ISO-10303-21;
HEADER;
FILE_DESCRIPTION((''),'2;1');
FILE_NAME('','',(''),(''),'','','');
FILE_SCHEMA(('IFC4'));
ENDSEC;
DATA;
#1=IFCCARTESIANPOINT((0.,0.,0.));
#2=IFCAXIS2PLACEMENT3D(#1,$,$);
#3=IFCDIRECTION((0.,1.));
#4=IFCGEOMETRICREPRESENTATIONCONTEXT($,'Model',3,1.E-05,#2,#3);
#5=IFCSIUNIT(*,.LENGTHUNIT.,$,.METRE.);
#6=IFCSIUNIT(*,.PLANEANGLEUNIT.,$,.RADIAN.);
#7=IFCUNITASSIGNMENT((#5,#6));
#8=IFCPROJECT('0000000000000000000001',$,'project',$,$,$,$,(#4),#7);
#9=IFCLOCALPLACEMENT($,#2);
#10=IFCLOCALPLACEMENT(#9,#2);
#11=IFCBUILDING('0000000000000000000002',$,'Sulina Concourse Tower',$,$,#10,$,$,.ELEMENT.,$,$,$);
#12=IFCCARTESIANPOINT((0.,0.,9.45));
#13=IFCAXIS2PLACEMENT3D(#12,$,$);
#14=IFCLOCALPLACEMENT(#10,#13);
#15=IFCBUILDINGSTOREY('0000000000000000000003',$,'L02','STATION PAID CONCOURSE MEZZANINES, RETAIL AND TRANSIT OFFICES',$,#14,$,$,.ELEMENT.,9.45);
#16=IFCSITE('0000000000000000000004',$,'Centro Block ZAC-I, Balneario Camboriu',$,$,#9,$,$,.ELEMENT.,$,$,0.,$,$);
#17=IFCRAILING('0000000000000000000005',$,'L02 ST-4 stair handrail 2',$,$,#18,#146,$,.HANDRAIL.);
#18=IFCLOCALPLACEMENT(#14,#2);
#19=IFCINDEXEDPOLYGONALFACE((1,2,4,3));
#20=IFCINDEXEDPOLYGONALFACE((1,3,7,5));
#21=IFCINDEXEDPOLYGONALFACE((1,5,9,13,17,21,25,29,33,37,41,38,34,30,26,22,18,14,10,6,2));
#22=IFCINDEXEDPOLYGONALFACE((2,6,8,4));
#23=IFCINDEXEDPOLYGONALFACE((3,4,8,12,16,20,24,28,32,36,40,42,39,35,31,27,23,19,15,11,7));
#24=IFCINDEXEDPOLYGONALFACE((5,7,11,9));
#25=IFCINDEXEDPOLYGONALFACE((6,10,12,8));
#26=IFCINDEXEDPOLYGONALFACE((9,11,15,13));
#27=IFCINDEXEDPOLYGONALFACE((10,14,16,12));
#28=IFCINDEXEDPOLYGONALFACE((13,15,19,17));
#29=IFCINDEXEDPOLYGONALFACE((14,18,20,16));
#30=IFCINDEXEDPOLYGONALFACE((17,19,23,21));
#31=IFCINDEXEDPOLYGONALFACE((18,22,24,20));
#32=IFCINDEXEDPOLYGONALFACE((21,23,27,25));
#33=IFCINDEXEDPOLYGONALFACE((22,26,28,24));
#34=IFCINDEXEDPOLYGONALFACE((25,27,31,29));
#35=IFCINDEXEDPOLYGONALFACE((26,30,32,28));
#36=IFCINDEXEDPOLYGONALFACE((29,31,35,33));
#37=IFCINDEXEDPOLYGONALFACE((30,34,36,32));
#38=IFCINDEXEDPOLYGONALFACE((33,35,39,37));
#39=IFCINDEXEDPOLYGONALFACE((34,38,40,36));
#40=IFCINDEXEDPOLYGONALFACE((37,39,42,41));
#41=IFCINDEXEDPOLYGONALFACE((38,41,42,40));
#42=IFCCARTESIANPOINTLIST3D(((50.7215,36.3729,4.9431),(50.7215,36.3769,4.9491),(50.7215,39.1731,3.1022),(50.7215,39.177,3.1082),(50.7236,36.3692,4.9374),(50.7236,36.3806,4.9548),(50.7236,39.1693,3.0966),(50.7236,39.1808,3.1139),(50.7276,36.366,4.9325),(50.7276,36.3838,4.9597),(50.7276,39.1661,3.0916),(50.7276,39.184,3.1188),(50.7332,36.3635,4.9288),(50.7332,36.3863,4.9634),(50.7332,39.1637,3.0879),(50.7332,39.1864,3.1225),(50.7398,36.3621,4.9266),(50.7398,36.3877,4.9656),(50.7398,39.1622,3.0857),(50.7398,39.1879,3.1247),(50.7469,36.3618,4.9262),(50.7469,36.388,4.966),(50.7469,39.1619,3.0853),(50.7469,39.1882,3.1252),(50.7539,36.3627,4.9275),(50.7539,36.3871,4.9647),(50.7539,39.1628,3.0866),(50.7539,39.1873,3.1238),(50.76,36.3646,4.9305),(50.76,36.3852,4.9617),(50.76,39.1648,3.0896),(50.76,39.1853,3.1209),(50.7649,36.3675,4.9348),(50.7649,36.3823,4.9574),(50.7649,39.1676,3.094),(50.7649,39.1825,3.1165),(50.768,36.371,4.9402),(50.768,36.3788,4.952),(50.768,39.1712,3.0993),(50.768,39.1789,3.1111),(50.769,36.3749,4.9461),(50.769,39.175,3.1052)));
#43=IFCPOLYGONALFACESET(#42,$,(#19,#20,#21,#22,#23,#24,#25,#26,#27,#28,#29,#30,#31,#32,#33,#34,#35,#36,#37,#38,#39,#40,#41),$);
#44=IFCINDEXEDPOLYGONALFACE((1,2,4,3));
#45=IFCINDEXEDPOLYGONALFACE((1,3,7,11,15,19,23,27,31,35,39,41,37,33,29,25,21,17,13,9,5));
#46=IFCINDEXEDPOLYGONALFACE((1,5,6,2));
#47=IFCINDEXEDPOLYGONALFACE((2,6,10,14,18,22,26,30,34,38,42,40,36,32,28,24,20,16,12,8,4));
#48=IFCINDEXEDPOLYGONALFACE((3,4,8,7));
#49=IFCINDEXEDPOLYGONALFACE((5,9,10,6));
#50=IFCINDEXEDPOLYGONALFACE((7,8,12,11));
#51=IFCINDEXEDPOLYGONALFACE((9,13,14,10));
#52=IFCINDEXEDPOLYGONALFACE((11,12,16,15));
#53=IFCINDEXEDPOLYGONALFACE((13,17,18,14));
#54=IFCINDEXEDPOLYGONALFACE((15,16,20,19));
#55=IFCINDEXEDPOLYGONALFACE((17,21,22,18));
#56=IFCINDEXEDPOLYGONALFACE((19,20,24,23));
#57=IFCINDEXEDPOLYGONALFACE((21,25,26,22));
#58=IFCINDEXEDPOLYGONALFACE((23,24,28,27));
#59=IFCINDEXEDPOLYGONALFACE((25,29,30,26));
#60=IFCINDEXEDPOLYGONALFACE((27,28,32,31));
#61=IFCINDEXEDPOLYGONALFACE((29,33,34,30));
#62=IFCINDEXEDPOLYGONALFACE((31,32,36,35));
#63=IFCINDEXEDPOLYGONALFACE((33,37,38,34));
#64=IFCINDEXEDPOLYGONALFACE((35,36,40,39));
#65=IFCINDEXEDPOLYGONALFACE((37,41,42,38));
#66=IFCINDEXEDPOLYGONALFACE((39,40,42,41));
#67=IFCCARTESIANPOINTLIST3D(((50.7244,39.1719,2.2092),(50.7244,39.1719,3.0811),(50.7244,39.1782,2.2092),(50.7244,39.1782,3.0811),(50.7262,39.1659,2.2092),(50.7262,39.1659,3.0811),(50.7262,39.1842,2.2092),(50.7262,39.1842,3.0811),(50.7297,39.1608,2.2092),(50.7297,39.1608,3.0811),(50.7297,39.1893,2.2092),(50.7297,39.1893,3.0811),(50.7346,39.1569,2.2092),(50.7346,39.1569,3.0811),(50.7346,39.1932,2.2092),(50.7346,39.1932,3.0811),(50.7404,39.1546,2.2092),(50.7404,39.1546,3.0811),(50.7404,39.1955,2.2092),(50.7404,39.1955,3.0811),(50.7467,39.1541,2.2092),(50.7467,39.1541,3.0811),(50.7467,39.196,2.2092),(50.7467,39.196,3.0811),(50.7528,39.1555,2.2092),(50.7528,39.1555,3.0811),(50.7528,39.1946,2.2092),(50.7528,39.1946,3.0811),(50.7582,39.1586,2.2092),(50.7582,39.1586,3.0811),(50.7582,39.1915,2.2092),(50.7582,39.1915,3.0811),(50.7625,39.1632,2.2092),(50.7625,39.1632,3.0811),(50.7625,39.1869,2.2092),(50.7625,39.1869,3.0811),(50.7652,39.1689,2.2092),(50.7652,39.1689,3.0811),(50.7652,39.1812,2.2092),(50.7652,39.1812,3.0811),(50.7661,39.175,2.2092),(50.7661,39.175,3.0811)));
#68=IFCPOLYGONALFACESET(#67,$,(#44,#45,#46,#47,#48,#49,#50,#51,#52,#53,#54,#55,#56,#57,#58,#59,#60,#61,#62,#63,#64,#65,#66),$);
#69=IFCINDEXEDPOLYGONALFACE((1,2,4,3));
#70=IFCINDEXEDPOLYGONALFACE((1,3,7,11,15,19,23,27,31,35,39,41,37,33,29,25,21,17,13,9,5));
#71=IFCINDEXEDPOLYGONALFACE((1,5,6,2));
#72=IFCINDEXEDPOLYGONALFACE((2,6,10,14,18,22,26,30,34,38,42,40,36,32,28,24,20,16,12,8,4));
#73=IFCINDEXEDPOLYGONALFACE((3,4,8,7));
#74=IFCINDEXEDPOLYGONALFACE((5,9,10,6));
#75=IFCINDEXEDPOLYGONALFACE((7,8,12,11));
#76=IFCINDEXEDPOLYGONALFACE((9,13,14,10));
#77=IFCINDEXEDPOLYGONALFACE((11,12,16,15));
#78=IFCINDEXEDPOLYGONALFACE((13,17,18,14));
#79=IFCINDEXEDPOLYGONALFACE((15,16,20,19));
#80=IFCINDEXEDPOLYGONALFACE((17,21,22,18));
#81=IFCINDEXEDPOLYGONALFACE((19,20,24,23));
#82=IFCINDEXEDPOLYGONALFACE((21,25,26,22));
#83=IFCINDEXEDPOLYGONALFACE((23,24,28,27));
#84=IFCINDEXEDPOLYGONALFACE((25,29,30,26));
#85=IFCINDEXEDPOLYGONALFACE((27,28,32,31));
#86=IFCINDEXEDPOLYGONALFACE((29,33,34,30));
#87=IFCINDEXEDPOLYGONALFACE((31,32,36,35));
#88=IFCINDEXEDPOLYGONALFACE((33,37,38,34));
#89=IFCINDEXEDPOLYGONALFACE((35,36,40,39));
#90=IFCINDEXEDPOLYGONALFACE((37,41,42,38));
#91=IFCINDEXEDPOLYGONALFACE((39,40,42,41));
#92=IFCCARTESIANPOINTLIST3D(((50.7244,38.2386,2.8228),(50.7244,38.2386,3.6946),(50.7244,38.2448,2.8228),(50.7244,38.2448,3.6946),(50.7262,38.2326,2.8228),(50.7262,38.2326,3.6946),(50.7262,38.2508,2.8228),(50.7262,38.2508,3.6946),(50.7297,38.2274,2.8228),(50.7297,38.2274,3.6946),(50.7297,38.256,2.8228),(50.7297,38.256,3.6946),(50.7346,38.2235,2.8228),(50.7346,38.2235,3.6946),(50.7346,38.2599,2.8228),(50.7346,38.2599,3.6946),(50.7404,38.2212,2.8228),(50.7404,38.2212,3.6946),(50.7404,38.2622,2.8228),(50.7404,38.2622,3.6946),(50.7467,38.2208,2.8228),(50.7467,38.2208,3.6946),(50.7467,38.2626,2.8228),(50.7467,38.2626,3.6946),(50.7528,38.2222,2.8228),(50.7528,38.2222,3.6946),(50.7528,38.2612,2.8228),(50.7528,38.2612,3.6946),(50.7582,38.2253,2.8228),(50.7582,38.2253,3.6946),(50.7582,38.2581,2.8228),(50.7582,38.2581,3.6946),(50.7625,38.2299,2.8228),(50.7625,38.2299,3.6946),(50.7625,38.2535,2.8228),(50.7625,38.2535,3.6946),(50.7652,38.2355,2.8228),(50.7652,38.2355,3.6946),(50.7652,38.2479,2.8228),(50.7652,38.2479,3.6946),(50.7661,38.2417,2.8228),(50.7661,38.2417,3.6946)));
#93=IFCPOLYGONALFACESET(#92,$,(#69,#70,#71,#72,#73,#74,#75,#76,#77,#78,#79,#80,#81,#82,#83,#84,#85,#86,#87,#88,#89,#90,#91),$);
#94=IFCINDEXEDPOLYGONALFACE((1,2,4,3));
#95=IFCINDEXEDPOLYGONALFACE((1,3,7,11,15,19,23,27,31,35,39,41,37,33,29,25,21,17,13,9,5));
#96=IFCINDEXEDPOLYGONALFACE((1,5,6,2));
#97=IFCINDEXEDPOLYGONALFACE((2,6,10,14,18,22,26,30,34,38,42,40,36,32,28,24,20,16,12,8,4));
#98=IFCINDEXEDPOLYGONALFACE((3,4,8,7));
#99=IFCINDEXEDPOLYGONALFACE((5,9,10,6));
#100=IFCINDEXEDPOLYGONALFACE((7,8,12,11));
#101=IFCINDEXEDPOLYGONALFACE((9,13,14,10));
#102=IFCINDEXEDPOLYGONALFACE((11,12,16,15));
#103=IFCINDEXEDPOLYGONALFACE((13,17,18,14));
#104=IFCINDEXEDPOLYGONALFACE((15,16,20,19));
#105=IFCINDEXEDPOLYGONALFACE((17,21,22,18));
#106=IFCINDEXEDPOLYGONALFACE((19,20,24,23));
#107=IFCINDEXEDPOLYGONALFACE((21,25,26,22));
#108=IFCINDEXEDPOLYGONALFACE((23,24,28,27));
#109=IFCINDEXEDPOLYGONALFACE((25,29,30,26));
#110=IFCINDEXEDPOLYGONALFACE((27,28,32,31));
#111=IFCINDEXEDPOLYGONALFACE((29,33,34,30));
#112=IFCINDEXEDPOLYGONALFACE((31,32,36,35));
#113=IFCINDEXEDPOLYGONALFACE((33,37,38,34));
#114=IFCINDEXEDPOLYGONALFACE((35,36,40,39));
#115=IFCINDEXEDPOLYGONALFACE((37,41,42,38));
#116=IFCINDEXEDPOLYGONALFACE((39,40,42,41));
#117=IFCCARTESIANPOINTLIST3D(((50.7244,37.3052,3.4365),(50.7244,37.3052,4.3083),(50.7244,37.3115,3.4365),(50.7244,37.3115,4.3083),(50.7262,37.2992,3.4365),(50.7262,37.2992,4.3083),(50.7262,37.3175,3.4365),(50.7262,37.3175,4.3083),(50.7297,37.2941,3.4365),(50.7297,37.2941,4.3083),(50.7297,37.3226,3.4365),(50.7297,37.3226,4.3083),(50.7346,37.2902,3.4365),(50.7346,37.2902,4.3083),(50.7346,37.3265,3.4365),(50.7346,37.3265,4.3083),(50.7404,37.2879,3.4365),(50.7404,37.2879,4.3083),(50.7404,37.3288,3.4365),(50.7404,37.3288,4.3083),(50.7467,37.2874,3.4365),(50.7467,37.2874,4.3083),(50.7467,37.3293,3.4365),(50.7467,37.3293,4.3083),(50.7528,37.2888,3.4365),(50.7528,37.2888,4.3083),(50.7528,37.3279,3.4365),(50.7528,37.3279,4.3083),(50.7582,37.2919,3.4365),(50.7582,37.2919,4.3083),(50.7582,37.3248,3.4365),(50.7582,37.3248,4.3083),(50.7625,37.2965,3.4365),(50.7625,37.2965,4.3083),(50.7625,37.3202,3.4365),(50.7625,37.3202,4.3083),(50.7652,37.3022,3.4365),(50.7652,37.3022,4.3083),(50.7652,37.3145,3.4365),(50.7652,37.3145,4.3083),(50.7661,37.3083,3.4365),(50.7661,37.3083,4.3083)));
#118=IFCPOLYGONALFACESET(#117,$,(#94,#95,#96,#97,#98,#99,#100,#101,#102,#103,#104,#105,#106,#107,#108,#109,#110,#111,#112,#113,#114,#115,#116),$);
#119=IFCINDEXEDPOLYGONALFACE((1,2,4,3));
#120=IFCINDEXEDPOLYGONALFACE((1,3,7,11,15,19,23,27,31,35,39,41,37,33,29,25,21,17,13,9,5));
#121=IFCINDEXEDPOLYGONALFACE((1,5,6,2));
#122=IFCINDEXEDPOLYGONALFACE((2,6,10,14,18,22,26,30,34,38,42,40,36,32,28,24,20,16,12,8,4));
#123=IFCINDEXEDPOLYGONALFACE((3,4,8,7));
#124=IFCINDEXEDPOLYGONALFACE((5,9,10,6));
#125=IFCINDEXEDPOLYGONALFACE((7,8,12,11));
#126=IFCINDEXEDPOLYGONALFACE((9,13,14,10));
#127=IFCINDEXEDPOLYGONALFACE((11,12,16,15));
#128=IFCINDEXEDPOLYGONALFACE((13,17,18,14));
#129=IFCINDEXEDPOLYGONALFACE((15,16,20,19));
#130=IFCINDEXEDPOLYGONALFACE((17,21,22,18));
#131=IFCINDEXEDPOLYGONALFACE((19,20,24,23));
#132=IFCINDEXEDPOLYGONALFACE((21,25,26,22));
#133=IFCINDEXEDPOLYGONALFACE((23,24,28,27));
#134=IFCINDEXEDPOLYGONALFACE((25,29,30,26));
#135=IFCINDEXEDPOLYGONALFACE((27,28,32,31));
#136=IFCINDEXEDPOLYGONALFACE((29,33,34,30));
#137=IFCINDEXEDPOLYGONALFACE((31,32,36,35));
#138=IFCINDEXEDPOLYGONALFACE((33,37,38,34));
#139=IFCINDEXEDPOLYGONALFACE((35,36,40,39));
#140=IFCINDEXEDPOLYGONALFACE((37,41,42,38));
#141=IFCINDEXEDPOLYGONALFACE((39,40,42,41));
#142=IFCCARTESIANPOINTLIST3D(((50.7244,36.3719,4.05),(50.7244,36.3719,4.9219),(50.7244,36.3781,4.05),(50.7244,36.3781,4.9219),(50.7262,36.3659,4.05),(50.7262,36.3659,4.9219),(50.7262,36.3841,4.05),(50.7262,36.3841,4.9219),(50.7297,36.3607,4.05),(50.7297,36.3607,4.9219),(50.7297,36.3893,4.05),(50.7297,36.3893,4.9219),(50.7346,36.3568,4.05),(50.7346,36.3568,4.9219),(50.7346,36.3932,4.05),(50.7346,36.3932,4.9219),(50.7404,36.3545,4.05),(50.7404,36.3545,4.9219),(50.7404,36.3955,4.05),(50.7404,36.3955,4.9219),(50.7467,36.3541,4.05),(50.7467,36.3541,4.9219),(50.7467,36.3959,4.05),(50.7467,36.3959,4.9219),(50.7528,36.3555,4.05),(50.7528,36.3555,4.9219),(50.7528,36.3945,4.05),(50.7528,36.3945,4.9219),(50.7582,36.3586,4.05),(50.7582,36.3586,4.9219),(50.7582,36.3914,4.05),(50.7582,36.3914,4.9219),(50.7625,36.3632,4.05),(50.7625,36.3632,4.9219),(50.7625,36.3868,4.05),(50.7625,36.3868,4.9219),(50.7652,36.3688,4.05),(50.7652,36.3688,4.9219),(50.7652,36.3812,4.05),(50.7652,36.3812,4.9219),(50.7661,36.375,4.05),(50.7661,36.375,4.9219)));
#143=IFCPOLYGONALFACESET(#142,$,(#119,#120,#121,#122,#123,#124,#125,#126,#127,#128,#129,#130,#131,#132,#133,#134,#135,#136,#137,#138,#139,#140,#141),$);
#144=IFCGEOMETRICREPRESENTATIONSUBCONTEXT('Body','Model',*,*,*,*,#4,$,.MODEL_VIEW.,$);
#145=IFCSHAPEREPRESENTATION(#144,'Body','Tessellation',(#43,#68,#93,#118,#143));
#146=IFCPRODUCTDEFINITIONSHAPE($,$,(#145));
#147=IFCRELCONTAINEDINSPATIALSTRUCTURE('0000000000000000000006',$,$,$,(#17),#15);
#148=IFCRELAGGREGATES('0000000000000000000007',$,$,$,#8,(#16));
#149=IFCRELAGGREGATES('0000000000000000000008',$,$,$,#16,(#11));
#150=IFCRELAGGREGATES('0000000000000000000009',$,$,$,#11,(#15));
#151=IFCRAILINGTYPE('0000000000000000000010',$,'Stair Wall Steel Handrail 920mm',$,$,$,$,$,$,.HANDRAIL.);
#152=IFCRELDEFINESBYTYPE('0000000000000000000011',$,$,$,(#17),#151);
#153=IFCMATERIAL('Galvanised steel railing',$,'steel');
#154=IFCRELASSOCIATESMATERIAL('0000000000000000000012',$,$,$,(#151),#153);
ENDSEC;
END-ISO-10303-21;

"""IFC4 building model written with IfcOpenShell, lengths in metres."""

from ifc_helpers import new_model, si_unit, direction, frame, origin, origin_2d, place, context, subcontext, project, spatial, circle, extrude, material, type_object, element, save


model = new_model("IFC4")

# Units and contexts
model_context = context("Model", 3, precision=1e-05, world=origin(), true_north=direction((0.0, 1.0)))
body_context = subcontext(model_context, "Body", "Model", "MODEL_VIEW")
ifc_project = project(units=[si_unit("LENGTHUNIT", "METRE"), si_unit("PLANEANGLEUNIT", "RADIAN")], contexts=[model_context])

# Site, building, storey
site_placement = place(None, origin())
site = spatial("IfcSite", under=ifc_project, at=site_placement, Name="Centro Block ZAC-I, Balneario Camboriu", CompositionType="ELEMENT", RefElevation=0.0)
building_placement = place(site_placement, origin())
building = spatial("IfcBuilding", under=site, at=building_placement, Name="Sulina Concourse Tower", CompositionType="ELEMENT")
storey_placement = place(building_placement, frame((0.0, 0.0, 9.45)))
storey = spatial("IfcBuildingStorey", under=building, at=storey_placement, Name="L02", Description="STATION PAID CONCOURSE MEZZANINES, RETAIL AND TRANSIT OFFICES", CompositionType="ELEMENT", Elevation=9.45)

# Railing
ifc_material_1 = material(Name="Galvanised steel railing", Category="steel")
railing_type_1 = type_object("IfcRailingType", Name="Stair Wall Steel Handrail 920mm", PredefinedType="HANDRAIL", material=ifc_material_1)
railing_1_placement = place(storey_placement, frame((50.7451, 39.175, 2.2092)))
element("IfcRailing", 1, at=railing_1_placement, inside=storey, type_object=railing_type_1, Name="L02 ST-4 stair handrail 2", PredefinedType="HANDRAIL", context=body_context, shape_type="SweptSolid", body=[
    extrude(circle(Radius=0.0239, at=origin_2d()), frame((0.0, 0.0, 0.896), z_axis=(0.0, -0.835598, 0.549342), x_axis=(1.0, 0.0, 0.0)), (0.0, 0.0, 1.0), 3.3511),
    extrude(circle(Radius=0.021, at=origin_2d()), origin(), (0.0, 0.0, 1.0), 0.8718),
    extrude(circle(Radius=0.021, at=origin_2d()), frame((0.0, -0.9333, 0.6135)), (0.0, 0.0, 1.0), 0.8718),
    extrude(circle(Radius=0.021, at=origin_2d()), frame((0.0, -1.8667, 1.2273)), (0.0, 0.0, 1.0), 0.8718),
    extrude(circle(Radius=0.021, at=origin_2d()), frame((0.0, -2.8, 1.8408)), (0.0, 0.0, 1.0), 0.8718),
])

save(model, "model.ifc")
